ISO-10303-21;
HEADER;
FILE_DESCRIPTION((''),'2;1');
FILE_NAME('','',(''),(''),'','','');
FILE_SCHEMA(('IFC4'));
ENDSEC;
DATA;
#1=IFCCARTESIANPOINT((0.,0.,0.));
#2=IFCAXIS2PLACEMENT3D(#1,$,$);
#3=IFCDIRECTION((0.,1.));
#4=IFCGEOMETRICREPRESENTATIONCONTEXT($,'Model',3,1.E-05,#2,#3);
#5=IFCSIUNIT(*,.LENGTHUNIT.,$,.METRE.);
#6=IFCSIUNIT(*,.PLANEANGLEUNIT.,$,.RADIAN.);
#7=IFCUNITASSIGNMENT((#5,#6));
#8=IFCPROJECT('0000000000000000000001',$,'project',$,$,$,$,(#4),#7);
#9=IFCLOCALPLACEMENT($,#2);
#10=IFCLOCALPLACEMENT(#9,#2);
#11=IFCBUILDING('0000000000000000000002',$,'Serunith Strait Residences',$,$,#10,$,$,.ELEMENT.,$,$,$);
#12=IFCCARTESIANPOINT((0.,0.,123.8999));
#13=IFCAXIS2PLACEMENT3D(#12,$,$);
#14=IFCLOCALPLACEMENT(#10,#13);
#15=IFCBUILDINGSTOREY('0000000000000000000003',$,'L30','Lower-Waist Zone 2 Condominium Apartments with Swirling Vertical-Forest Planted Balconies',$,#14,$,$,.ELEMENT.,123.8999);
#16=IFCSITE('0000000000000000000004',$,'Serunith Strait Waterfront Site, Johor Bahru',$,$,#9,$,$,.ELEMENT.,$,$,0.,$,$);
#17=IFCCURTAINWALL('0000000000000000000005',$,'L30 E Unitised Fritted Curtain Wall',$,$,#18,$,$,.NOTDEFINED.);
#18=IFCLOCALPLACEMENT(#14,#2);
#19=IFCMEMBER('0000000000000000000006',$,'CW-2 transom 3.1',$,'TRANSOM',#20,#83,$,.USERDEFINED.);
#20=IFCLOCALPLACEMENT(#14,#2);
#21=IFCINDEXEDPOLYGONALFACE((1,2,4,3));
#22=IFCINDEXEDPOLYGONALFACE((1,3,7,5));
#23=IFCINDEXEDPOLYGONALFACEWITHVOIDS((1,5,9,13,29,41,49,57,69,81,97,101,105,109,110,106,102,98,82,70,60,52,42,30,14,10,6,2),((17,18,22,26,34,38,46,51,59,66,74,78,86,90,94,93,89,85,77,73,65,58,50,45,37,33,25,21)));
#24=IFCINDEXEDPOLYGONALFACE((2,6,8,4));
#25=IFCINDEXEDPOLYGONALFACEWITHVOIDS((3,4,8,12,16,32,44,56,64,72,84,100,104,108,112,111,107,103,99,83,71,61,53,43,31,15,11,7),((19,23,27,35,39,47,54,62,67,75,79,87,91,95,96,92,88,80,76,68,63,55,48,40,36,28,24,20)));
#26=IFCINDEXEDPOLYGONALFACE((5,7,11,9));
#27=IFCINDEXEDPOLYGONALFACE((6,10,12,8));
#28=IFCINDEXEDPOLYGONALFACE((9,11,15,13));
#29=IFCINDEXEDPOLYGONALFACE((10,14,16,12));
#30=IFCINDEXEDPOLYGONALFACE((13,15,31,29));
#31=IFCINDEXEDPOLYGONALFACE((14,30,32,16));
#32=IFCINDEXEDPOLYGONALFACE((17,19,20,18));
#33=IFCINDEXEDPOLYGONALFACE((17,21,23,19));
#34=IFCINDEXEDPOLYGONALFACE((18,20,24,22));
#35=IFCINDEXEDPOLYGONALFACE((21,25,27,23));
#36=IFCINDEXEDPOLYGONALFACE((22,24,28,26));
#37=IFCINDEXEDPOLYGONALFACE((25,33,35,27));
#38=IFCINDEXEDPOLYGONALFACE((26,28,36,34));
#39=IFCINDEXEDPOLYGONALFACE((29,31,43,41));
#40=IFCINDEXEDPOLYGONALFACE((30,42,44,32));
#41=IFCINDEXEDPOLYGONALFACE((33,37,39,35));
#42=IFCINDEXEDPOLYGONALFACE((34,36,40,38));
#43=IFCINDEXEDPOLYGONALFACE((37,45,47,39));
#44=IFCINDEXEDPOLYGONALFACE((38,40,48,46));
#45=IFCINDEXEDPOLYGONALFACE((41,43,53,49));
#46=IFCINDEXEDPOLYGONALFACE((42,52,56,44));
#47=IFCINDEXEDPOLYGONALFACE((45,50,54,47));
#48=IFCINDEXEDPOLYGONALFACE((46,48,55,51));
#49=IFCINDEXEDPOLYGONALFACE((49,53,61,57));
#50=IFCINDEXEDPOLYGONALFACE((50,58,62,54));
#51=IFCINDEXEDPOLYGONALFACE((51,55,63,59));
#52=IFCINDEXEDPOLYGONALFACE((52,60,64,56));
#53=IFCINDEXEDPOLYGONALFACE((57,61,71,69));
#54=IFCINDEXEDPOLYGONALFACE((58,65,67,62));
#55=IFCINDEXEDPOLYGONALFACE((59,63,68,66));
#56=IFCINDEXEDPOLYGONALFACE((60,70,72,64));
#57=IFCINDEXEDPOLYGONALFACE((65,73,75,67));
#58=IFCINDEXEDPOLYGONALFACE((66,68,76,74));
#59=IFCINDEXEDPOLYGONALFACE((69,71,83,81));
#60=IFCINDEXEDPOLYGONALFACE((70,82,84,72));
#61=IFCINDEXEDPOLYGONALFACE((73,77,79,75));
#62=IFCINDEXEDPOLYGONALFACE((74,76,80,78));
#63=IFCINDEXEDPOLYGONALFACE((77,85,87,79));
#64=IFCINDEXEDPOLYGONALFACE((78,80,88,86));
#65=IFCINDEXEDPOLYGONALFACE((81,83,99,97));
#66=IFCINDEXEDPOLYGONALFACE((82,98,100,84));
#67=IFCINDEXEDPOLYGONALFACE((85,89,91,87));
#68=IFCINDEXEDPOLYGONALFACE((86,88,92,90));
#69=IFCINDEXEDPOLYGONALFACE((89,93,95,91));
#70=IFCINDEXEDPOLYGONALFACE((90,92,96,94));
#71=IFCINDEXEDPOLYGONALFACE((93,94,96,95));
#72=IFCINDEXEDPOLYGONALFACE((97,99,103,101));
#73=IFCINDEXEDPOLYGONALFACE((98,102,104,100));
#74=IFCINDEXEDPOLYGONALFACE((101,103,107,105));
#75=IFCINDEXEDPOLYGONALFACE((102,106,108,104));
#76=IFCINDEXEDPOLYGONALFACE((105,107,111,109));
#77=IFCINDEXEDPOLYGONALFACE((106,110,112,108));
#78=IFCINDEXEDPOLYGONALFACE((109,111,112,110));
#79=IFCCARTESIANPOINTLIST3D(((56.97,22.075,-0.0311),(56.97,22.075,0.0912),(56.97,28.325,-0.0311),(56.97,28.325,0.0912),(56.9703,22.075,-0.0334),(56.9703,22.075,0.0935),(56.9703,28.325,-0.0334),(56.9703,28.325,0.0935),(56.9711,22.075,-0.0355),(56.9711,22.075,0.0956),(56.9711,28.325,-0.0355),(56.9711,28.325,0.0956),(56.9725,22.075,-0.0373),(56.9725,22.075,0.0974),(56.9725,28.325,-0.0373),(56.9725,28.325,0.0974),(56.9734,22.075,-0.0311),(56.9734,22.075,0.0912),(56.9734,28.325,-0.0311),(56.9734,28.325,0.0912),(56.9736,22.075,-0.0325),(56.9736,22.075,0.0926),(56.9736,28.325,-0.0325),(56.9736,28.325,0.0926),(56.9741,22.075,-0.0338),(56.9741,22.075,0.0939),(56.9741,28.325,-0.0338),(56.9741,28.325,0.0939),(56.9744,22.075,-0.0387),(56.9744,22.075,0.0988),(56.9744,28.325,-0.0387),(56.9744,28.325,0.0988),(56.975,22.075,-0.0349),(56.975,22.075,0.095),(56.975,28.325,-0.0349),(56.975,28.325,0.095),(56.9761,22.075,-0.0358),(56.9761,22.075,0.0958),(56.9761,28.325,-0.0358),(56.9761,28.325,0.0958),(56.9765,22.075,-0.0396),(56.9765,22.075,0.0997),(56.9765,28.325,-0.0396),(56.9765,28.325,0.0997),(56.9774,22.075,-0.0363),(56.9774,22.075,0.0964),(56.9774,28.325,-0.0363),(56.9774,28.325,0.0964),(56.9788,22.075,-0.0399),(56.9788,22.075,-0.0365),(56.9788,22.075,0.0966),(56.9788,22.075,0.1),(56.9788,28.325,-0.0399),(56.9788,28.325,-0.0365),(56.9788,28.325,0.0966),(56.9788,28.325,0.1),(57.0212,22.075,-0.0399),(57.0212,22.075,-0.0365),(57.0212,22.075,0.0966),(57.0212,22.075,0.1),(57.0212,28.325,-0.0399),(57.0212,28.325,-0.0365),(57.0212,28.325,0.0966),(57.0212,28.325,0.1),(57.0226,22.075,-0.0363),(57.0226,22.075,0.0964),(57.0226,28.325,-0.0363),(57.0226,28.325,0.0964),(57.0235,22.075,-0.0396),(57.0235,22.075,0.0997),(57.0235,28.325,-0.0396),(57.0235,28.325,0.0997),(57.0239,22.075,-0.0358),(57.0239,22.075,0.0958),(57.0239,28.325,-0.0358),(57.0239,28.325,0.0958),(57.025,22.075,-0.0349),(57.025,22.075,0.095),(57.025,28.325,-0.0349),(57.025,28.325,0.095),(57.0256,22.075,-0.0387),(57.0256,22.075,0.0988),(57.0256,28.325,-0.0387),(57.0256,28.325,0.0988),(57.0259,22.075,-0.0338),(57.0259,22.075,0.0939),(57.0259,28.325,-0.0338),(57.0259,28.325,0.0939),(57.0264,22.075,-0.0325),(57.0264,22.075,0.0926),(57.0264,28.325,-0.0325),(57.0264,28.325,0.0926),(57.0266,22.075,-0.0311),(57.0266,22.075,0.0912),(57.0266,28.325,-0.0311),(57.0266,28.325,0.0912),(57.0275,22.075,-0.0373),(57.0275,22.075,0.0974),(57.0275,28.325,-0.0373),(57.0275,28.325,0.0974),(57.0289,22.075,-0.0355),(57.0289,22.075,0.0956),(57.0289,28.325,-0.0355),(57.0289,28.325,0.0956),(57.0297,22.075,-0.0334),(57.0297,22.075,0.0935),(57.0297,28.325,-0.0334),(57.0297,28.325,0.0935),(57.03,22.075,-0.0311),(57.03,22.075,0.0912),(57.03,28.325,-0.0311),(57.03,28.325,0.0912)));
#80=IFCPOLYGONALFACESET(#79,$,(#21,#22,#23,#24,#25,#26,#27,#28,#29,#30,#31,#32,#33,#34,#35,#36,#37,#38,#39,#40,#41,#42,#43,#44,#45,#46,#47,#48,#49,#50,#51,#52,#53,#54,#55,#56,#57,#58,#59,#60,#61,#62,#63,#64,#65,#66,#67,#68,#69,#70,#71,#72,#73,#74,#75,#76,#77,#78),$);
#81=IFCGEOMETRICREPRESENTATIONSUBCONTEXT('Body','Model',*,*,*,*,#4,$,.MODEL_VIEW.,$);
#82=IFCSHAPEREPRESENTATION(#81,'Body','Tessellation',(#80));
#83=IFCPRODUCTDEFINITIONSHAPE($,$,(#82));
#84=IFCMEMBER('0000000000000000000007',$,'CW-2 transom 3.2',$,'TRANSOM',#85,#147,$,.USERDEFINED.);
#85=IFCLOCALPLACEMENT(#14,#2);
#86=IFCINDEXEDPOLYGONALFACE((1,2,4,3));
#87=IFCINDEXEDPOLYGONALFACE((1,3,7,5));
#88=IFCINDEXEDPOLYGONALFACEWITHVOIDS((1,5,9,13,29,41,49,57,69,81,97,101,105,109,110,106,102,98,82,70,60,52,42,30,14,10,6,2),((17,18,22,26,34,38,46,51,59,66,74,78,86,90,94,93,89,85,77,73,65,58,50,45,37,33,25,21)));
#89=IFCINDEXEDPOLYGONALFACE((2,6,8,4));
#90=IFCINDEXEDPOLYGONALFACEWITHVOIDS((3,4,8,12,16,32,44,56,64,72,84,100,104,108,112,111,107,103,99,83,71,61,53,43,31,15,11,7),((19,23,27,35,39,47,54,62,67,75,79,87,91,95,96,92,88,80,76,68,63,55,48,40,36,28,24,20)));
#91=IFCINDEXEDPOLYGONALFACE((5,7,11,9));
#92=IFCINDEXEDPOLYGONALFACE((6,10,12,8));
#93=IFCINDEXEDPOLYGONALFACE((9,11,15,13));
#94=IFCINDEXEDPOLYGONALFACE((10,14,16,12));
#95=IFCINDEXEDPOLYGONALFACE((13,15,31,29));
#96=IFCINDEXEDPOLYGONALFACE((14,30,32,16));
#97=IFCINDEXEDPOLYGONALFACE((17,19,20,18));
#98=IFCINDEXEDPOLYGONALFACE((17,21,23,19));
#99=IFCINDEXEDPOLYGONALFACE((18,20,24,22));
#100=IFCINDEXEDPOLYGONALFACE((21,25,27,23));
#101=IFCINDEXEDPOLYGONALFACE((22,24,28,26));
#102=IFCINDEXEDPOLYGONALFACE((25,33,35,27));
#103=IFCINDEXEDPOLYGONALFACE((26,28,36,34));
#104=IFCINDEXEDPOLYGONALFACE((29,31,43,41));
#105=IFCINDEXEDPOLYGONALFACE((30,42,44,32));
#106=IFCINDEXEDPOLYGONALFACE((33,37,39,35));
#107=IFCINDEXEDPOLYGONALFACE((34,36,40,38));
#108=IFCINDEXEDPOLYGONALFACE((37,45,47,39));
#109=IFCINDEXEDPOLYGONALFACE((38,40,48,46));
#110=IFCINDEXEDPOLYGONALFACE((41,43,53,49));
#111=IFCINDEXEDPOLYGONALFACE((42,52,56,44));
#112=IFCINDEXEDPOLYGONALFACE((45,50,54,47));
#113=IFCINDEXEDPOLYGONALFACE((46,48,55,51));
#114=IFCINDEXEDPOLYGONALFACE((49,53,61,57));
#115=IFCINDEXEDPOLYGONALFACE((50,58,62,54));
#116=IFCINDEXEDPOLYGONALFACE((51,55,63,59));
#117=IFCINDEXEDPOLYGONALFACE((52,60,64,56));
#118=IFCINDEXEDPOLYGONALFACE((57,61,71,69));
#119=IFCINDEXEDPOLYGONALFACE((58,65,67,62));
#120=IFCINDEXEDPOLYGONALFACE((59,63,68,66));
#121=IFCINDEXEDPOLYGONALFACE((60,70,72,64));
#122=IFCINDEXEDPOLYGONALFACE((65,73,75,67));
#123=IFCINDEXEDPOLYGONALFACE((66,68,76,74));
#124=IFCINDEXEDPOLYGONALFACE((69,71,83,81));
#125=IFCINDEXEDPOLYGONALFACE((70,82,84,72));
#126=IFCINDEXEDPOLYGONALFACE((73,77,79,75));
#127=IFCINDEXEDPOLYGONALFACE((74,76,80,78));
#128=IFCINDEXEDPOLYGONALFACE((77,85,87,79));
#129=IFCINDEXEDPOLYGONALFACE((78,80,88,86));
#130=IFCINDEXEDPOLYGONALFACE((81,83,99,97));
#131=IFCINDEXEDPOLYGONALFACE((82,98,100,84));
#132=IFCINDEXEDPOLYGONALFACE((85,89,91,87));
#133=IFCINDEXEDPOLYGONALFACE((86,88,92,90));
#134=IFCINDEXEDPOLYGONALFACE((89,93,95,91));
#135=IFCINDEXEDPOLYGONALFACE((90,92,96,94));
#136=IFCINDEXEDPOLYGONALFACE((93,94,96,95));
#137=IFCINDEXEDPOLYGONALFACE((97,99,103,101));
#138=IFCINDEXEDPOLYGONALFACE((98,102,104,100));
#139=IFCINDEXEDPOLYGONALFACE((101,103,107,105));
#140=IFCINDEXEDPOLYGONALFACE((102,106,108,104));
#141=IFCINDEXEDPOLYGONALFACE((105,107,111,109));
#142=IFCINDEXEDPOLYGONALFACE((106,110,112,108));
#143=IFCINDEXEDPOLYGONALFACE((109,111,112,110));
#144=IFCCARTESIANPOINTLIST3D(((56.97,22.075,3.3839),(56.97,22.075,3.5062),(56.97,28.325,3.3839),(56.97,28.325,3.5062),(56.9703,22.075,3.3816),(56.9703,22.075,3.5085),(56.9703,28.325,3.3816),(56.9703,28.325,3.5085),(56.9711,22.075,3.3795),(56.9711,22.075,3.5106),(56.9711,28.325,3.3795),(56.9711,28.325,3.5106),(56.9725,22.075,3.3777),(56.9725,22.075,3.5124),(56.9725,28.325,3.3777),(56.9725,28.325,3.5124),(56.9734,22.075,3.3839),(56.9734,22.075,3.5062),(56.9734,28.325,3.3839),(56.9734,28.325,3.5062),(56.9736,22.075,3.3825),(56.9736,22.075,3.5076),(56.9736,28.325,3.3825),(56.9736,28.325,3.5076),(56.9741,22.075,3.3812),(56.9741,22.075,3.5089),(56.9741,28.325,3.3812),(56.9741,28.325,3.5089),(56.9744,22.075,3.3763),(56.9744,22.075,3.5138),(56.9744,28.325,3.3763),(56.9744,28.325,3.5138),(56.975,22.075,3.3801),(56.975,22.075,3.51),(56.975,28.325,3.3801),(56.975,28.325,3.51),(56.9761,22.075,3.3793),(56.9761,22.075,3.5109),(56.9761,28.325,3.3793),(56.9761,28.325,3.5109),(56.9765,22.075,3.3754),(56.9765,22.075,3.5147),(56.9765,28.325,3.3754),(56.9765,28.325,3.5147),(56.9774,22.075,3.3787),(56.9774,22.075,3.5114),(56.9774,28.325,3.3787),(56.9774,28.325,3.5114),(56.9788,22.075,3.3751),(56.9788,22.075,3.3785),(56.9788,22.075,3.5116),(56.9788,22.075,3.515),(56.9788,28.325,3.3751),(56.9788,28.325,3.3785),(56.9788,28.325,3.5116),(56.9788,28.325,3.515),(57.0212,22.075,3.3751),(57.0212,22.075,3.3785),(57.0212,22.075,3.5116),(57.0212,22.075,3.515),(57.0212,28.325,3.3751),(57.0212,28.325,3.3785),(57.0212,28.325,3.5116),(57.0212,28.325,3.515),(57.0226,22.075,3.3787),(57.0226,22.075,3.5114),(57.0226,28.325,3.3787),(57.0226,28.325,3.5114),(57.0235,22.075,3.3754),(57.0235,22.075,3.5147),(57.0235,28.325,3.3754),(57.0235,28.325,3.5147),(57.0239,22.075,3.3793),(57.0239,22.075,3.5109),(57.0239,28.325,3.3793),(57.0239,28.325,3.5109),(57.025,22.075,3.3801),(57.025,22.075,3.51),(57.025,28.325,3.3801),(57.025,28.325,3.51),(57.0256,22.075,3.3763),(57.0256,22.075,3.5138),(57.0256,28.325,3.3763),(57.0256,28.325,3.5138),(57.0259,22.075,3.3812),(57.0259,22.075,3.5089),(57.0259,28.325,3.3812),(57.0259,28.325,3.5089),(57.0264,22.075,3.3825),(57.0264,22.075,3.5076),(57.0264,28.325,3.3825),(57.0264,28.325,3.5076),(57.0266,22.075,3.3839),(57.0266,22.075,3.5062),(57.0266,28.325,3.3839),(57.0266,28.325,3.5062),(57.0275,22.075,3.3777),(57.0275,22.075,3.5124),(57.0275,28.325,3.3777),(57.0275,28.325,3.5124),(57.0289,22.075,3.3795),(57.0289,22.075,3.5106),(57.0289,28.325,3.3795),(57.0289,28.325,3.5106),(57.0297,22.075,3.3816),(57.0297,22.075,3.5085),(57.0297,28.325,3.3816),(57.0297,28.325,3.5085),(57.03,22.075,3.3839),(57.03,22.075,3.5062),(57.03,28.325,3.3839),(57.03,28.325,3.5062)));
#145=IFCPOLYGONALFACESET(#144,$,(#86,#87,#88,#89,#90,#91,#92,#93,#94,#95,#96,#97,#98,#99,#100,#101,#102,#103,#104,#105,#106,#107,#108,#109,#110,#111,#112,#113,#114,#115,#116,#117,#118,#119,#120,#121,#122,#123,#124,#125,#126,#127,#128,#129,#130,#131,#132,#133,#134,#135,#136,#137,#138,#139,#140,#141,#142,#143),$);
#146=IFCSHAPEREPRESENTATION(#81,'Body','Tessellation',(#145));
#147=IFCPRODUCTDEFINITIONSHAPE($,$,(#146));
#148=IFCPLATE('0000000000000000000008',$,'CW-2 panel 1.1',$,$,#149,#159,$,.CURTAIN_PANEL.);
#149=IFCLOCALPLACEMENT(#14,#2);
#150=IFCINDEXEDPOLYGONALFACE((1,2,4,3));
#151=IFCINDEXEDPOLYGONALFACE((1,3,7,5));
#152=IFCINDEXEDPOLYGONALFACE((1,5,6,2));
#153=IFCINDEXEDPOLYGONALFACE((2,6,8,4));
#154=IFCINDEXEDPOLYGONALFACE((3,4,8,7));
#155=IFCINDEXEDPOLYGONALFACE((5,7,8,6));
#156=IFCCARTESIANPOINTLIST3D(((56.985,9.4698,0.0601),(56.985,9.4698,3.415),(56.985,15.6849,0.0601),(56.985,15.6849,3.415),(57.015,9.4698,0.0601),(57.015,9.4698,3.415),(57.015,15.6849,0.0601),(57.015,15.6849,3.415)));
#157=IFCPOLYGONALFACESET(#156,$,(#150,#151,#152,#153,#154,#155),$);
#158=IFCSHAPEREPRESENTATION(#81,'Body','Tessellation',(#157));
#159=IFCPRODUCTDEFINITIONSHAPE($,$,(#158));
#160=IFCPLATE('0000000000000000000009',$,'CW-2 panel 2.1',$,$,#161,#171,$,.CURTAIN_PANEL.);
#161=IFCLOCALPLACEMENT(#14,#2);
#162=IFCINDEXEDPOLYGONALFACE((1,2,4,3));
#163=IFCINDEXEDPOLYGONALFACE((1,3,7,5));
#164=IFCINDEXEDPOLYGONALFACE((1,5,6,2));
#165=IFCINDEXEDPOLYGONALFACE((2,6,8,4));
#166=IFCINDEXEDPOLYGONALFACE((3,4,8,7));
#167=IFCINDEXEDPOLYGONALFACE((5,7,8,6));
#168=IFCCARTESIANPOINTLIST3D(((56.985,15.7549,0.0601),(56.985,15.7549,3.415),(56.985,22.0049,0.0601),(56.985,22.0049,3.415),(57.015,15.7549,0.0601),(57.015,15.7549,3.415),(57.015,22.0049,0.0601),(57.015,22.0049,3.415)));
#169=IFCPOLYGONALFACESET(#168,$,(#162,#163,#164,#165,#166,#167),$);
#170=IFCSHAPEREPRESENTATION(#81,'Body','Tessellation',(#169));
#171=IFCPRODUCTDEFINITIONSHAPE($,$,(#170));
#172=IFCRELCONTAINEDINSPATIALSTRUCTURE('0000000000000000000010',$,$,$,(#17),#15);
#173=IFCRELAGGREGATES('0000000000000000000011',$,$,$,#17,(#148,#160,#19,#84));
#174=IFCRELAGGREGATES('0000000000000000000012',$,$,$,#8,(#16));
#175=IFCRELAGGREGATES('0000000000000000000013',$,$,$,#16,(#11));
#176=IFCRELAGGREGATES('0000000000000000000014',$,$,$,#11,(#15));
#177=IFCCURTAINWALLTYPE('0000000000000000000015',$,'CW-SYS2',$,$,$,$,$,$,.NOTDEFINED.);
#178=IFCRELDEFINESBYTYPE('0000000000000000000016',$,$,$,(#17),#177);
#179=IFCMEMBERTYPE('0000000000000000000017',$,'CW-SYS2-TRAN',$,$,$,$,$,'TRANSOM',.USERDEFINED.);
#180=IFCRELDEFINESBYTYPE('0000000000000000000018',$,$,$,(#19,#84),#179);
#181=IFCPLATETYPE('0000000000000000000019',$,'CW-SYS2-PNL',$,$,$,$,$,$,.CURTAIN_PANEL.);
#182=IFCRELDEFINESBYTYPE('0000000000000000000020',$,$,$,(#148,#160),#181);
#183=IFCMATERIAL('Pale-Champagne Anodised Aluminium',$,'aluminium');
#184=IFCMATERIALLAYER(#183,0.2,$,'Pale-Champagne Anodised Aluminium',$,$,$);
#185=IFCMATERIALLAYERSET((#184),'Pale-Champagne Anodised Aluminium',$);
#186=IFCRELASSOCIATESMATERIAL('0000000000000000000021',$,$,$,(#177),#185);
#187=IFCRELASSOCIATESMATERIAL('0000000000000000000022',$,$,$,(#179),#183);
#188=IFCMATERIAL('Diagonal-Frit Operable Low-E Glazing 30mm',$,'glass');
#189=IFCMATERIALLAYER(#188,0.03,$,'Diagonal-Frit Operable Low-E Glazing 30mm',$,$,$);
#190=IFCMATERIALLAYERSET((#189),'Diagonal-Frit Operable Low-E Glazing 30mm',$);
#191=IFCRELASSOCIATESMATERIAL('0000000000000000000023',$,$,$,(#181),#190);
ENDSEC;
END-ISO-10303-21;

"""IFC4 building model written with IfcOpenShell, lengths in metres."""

from ifc_helpers import new_model, si_unit, direction, frame, origin, origin_2d, place, context, subcontext, project, spatial, rectangle, hollow_rectangle, extrude, source, transform, mapped, material, layer, layer_set, material_profile, profile_set, type_object, element, aggregate, save


model = new_model("IFC4")

# Units and contexts
model_context = context("Model", 3, precision=1e-05, world=origin(), true_north=direction((0.0, 1.0)))
body_context = subcontext(model_context, "Body", "Model", "MODEL_VIEW")
ifc_project = project(units=[si_unit("LENGTHUNIT", "METRE"), si_unit("PLANEANGLEUNIT", "RADIAN")], contexts=[model_context])

# Site, building, storey
site_placement = place(None, origin())
site = spatial("IfcSite", under=ifc_project, at=site_placement, Name="Serunith Strait Waterfront Site, Johor Bahru", CompositionType="ELEMENT", RefElevation=0.0)
building_placement = place(site_placement, origin())
building = spatial("IfcBuilding", under=site, at=building_placement, Name="Serunith Strait Residences", CompositionType="ELEMENT")
storey_placement = place(building_placement, frame((0.0, 0.0, 123.8999)))
storey = spatial("IfcBuildingStorey", under=building, at=storey_placement, Name="L30", Description="Lower-Waist Zone 2 Condominium Apartments with Swirling Vertical-Forest Planted Balconies", CompositionType="ELEMENT", Elevation=123.8999)

# Curtain wall, members, plates
ifc_material_1 = material(Name="Pale-Champagne Anodised Aluminium", Category="aluminium")
ifc_layer_1 = layer(ifc_material_1, 0.2, Name="Pale-Champagne Anodised Aluminium")
ifc_layer_set_1 = layer_set([ifc_layer_1], Name="Pale-Champagne Anodised Aluminium")
curtain_wall_type = type_object("IfcCurtainWallType", Name="CW-SYS2", PredefinedType="NOTDEFINED", material=ifc_layer_set_1)
curtain_wall_placement = place(storey_placement, origin())
curtain_wall = element("IfcCurtainWall", 1, at=curtain_wall_placement, inside=storey, type_object=curtain_wall_type, Name="L30 E Unitised Fritted Curtain Wall", PredefinedType="NOTDEFINED")
ifc_material_profile_1 = material_profile(ifc_material_1, hollow_rectangle(XDim=0.0601, YDim=0.1399, WallThickness=0.0034, InnerFilletRadius=0.0054, OuterFilletRadius=0.0088, at=origin_2d()), Name="ALU 140x60x3.5")
ifc_profile_set_1 = profile_set([ifc_material_profile_1], Name="Pale-Champagne Anodised Aluminium")
member_type_1 = type_object("IfcMemberType", Name="CW-SYS2-TRAN", ElementType="TRANSOM", PredefinedType="USERDEFINED", material=ifc_profile_set_1)
shared_shape_1 = source(origin(), body_context, "Body", "SweptSolid", [
    extrude(hollow_rectangle(XDim=0.0601, YDim=0.1399, WallThickness=0.0034, InnerFilletRadius=0.0054, OuterFilletRadius=0.0088, at=origin_2d()), origin(), (0.0, 0.0, 1.0), 6.25),
])
member_1_placement = place(storey_placement, frame((57.0, 22.075, 0.03), z_axis=(0.0, 1.0, 0.0), x_axis=(-1.0, 0.0, 0.0)))
member_1 = element("IfcMember", 2, at=member_1_placement, type_object=member_type_1, Name="CW-2 transom 3.1", ObjectType="TRANSOM", PredefinedType="USERDEFINED", context=body_context, shape_type="MappedRepresentation", body=[
    mapped(shared_shape_1, transform((0.0, 0.0, 0.0), scale=1.0)),
])
member_2_placement = place(storey_placement, frame((57.0, 22.075, 3.4451), z_axis=(0.0, 1.0, 0.0), x_axis=(-1.0, 0.0, 0.0)))
member_2 = element("IfcMember", 3, at=member_2_placement, type_object=member_type_1, Name="CW-2 transom 3.2", ObjectType="TRANSOM", PredefinedType="USERDEFINED", context=body_context, shape_type="MappedRepresentation", body=[
    mapped(shared_shape_1, transform((0.0, 0.0, 0.0), scale=1.0)),
])
ifc_material_2 = material(Name="Diagonal-Frit Operable Low-E Glazing 30mm", Category="glass")
ifc_layer_2 = layer(ifc_material_2, 0.03, Name="Diagonal-Frit Operable Low-E Glazing 30mm")
ifc_layer_set_2 = layer_set([ifc_layer_2], Name="Diagonal-Frit Operable Low-E Glazing 30mm")
plate_type = type_object("IfcPlateType", Name="CW-SYS2-PNL", PredefinedType="CURTAIN_PANEL", material=ifc_layer_set_2)
shared_shape_2 = source(origin(), body_context, "Body", "SweptSolid", [
    extrude(rectangle(XDim=6.2151, YDim=0.03, at=origin_2d()), origin(), (0.0, 0.0, 1.0), 3.355),
])
plate_1_placement = place(storey_placement, frame((57.0, 12.5774, 0.0601), z_axis=(0.0, 0.0, 1.0), x_axis=(0.0, 1.0, 0.0)))
plate_1 = element("IfcPlate", 4, at=plate_1_placement, type_object=plate_type, Name="CW-2 panel 1.1", PredefinedType="CURTAIN_PANEL", context=body_context, shape_type="MappedRepresentation", body=[
    mapped(shared_shape_2, transform((0.0, 0.0, 0.0), scale=1.0)),
])
shared_shape_3 = source(origin(), body_context, "Body", "SweptSolid", [
    extrude(rectangle(XDim=6.25, YDim=0.03, at=origin_2d()), origin(), (0.0, 0.0, 1.0), 3.355),
])
plate_2_placement = place(storey_placement, frame((57.0, 18.8799, 0.0601), z_axis=(0.0, 0.0, 1.0), x_axis=(0.0, 1.0, 0.0)))
plate_2 = element("IfcPlate", 5, at=plate_2_placement, type_object=plate_type, Name="CW-2 panel 2.1", PredefinedType="CURTAIN_PANEL", context=body_context, shape_type="MappedRepresentation", body=[
    mapped(shared_shape_3, transform((0.0, 0.0, 0.0), scale=1.0)),
])
aggregate(curtain_wall, [plate_1, plate_2, member_1, member_2])

save(model, "model.ifc")
